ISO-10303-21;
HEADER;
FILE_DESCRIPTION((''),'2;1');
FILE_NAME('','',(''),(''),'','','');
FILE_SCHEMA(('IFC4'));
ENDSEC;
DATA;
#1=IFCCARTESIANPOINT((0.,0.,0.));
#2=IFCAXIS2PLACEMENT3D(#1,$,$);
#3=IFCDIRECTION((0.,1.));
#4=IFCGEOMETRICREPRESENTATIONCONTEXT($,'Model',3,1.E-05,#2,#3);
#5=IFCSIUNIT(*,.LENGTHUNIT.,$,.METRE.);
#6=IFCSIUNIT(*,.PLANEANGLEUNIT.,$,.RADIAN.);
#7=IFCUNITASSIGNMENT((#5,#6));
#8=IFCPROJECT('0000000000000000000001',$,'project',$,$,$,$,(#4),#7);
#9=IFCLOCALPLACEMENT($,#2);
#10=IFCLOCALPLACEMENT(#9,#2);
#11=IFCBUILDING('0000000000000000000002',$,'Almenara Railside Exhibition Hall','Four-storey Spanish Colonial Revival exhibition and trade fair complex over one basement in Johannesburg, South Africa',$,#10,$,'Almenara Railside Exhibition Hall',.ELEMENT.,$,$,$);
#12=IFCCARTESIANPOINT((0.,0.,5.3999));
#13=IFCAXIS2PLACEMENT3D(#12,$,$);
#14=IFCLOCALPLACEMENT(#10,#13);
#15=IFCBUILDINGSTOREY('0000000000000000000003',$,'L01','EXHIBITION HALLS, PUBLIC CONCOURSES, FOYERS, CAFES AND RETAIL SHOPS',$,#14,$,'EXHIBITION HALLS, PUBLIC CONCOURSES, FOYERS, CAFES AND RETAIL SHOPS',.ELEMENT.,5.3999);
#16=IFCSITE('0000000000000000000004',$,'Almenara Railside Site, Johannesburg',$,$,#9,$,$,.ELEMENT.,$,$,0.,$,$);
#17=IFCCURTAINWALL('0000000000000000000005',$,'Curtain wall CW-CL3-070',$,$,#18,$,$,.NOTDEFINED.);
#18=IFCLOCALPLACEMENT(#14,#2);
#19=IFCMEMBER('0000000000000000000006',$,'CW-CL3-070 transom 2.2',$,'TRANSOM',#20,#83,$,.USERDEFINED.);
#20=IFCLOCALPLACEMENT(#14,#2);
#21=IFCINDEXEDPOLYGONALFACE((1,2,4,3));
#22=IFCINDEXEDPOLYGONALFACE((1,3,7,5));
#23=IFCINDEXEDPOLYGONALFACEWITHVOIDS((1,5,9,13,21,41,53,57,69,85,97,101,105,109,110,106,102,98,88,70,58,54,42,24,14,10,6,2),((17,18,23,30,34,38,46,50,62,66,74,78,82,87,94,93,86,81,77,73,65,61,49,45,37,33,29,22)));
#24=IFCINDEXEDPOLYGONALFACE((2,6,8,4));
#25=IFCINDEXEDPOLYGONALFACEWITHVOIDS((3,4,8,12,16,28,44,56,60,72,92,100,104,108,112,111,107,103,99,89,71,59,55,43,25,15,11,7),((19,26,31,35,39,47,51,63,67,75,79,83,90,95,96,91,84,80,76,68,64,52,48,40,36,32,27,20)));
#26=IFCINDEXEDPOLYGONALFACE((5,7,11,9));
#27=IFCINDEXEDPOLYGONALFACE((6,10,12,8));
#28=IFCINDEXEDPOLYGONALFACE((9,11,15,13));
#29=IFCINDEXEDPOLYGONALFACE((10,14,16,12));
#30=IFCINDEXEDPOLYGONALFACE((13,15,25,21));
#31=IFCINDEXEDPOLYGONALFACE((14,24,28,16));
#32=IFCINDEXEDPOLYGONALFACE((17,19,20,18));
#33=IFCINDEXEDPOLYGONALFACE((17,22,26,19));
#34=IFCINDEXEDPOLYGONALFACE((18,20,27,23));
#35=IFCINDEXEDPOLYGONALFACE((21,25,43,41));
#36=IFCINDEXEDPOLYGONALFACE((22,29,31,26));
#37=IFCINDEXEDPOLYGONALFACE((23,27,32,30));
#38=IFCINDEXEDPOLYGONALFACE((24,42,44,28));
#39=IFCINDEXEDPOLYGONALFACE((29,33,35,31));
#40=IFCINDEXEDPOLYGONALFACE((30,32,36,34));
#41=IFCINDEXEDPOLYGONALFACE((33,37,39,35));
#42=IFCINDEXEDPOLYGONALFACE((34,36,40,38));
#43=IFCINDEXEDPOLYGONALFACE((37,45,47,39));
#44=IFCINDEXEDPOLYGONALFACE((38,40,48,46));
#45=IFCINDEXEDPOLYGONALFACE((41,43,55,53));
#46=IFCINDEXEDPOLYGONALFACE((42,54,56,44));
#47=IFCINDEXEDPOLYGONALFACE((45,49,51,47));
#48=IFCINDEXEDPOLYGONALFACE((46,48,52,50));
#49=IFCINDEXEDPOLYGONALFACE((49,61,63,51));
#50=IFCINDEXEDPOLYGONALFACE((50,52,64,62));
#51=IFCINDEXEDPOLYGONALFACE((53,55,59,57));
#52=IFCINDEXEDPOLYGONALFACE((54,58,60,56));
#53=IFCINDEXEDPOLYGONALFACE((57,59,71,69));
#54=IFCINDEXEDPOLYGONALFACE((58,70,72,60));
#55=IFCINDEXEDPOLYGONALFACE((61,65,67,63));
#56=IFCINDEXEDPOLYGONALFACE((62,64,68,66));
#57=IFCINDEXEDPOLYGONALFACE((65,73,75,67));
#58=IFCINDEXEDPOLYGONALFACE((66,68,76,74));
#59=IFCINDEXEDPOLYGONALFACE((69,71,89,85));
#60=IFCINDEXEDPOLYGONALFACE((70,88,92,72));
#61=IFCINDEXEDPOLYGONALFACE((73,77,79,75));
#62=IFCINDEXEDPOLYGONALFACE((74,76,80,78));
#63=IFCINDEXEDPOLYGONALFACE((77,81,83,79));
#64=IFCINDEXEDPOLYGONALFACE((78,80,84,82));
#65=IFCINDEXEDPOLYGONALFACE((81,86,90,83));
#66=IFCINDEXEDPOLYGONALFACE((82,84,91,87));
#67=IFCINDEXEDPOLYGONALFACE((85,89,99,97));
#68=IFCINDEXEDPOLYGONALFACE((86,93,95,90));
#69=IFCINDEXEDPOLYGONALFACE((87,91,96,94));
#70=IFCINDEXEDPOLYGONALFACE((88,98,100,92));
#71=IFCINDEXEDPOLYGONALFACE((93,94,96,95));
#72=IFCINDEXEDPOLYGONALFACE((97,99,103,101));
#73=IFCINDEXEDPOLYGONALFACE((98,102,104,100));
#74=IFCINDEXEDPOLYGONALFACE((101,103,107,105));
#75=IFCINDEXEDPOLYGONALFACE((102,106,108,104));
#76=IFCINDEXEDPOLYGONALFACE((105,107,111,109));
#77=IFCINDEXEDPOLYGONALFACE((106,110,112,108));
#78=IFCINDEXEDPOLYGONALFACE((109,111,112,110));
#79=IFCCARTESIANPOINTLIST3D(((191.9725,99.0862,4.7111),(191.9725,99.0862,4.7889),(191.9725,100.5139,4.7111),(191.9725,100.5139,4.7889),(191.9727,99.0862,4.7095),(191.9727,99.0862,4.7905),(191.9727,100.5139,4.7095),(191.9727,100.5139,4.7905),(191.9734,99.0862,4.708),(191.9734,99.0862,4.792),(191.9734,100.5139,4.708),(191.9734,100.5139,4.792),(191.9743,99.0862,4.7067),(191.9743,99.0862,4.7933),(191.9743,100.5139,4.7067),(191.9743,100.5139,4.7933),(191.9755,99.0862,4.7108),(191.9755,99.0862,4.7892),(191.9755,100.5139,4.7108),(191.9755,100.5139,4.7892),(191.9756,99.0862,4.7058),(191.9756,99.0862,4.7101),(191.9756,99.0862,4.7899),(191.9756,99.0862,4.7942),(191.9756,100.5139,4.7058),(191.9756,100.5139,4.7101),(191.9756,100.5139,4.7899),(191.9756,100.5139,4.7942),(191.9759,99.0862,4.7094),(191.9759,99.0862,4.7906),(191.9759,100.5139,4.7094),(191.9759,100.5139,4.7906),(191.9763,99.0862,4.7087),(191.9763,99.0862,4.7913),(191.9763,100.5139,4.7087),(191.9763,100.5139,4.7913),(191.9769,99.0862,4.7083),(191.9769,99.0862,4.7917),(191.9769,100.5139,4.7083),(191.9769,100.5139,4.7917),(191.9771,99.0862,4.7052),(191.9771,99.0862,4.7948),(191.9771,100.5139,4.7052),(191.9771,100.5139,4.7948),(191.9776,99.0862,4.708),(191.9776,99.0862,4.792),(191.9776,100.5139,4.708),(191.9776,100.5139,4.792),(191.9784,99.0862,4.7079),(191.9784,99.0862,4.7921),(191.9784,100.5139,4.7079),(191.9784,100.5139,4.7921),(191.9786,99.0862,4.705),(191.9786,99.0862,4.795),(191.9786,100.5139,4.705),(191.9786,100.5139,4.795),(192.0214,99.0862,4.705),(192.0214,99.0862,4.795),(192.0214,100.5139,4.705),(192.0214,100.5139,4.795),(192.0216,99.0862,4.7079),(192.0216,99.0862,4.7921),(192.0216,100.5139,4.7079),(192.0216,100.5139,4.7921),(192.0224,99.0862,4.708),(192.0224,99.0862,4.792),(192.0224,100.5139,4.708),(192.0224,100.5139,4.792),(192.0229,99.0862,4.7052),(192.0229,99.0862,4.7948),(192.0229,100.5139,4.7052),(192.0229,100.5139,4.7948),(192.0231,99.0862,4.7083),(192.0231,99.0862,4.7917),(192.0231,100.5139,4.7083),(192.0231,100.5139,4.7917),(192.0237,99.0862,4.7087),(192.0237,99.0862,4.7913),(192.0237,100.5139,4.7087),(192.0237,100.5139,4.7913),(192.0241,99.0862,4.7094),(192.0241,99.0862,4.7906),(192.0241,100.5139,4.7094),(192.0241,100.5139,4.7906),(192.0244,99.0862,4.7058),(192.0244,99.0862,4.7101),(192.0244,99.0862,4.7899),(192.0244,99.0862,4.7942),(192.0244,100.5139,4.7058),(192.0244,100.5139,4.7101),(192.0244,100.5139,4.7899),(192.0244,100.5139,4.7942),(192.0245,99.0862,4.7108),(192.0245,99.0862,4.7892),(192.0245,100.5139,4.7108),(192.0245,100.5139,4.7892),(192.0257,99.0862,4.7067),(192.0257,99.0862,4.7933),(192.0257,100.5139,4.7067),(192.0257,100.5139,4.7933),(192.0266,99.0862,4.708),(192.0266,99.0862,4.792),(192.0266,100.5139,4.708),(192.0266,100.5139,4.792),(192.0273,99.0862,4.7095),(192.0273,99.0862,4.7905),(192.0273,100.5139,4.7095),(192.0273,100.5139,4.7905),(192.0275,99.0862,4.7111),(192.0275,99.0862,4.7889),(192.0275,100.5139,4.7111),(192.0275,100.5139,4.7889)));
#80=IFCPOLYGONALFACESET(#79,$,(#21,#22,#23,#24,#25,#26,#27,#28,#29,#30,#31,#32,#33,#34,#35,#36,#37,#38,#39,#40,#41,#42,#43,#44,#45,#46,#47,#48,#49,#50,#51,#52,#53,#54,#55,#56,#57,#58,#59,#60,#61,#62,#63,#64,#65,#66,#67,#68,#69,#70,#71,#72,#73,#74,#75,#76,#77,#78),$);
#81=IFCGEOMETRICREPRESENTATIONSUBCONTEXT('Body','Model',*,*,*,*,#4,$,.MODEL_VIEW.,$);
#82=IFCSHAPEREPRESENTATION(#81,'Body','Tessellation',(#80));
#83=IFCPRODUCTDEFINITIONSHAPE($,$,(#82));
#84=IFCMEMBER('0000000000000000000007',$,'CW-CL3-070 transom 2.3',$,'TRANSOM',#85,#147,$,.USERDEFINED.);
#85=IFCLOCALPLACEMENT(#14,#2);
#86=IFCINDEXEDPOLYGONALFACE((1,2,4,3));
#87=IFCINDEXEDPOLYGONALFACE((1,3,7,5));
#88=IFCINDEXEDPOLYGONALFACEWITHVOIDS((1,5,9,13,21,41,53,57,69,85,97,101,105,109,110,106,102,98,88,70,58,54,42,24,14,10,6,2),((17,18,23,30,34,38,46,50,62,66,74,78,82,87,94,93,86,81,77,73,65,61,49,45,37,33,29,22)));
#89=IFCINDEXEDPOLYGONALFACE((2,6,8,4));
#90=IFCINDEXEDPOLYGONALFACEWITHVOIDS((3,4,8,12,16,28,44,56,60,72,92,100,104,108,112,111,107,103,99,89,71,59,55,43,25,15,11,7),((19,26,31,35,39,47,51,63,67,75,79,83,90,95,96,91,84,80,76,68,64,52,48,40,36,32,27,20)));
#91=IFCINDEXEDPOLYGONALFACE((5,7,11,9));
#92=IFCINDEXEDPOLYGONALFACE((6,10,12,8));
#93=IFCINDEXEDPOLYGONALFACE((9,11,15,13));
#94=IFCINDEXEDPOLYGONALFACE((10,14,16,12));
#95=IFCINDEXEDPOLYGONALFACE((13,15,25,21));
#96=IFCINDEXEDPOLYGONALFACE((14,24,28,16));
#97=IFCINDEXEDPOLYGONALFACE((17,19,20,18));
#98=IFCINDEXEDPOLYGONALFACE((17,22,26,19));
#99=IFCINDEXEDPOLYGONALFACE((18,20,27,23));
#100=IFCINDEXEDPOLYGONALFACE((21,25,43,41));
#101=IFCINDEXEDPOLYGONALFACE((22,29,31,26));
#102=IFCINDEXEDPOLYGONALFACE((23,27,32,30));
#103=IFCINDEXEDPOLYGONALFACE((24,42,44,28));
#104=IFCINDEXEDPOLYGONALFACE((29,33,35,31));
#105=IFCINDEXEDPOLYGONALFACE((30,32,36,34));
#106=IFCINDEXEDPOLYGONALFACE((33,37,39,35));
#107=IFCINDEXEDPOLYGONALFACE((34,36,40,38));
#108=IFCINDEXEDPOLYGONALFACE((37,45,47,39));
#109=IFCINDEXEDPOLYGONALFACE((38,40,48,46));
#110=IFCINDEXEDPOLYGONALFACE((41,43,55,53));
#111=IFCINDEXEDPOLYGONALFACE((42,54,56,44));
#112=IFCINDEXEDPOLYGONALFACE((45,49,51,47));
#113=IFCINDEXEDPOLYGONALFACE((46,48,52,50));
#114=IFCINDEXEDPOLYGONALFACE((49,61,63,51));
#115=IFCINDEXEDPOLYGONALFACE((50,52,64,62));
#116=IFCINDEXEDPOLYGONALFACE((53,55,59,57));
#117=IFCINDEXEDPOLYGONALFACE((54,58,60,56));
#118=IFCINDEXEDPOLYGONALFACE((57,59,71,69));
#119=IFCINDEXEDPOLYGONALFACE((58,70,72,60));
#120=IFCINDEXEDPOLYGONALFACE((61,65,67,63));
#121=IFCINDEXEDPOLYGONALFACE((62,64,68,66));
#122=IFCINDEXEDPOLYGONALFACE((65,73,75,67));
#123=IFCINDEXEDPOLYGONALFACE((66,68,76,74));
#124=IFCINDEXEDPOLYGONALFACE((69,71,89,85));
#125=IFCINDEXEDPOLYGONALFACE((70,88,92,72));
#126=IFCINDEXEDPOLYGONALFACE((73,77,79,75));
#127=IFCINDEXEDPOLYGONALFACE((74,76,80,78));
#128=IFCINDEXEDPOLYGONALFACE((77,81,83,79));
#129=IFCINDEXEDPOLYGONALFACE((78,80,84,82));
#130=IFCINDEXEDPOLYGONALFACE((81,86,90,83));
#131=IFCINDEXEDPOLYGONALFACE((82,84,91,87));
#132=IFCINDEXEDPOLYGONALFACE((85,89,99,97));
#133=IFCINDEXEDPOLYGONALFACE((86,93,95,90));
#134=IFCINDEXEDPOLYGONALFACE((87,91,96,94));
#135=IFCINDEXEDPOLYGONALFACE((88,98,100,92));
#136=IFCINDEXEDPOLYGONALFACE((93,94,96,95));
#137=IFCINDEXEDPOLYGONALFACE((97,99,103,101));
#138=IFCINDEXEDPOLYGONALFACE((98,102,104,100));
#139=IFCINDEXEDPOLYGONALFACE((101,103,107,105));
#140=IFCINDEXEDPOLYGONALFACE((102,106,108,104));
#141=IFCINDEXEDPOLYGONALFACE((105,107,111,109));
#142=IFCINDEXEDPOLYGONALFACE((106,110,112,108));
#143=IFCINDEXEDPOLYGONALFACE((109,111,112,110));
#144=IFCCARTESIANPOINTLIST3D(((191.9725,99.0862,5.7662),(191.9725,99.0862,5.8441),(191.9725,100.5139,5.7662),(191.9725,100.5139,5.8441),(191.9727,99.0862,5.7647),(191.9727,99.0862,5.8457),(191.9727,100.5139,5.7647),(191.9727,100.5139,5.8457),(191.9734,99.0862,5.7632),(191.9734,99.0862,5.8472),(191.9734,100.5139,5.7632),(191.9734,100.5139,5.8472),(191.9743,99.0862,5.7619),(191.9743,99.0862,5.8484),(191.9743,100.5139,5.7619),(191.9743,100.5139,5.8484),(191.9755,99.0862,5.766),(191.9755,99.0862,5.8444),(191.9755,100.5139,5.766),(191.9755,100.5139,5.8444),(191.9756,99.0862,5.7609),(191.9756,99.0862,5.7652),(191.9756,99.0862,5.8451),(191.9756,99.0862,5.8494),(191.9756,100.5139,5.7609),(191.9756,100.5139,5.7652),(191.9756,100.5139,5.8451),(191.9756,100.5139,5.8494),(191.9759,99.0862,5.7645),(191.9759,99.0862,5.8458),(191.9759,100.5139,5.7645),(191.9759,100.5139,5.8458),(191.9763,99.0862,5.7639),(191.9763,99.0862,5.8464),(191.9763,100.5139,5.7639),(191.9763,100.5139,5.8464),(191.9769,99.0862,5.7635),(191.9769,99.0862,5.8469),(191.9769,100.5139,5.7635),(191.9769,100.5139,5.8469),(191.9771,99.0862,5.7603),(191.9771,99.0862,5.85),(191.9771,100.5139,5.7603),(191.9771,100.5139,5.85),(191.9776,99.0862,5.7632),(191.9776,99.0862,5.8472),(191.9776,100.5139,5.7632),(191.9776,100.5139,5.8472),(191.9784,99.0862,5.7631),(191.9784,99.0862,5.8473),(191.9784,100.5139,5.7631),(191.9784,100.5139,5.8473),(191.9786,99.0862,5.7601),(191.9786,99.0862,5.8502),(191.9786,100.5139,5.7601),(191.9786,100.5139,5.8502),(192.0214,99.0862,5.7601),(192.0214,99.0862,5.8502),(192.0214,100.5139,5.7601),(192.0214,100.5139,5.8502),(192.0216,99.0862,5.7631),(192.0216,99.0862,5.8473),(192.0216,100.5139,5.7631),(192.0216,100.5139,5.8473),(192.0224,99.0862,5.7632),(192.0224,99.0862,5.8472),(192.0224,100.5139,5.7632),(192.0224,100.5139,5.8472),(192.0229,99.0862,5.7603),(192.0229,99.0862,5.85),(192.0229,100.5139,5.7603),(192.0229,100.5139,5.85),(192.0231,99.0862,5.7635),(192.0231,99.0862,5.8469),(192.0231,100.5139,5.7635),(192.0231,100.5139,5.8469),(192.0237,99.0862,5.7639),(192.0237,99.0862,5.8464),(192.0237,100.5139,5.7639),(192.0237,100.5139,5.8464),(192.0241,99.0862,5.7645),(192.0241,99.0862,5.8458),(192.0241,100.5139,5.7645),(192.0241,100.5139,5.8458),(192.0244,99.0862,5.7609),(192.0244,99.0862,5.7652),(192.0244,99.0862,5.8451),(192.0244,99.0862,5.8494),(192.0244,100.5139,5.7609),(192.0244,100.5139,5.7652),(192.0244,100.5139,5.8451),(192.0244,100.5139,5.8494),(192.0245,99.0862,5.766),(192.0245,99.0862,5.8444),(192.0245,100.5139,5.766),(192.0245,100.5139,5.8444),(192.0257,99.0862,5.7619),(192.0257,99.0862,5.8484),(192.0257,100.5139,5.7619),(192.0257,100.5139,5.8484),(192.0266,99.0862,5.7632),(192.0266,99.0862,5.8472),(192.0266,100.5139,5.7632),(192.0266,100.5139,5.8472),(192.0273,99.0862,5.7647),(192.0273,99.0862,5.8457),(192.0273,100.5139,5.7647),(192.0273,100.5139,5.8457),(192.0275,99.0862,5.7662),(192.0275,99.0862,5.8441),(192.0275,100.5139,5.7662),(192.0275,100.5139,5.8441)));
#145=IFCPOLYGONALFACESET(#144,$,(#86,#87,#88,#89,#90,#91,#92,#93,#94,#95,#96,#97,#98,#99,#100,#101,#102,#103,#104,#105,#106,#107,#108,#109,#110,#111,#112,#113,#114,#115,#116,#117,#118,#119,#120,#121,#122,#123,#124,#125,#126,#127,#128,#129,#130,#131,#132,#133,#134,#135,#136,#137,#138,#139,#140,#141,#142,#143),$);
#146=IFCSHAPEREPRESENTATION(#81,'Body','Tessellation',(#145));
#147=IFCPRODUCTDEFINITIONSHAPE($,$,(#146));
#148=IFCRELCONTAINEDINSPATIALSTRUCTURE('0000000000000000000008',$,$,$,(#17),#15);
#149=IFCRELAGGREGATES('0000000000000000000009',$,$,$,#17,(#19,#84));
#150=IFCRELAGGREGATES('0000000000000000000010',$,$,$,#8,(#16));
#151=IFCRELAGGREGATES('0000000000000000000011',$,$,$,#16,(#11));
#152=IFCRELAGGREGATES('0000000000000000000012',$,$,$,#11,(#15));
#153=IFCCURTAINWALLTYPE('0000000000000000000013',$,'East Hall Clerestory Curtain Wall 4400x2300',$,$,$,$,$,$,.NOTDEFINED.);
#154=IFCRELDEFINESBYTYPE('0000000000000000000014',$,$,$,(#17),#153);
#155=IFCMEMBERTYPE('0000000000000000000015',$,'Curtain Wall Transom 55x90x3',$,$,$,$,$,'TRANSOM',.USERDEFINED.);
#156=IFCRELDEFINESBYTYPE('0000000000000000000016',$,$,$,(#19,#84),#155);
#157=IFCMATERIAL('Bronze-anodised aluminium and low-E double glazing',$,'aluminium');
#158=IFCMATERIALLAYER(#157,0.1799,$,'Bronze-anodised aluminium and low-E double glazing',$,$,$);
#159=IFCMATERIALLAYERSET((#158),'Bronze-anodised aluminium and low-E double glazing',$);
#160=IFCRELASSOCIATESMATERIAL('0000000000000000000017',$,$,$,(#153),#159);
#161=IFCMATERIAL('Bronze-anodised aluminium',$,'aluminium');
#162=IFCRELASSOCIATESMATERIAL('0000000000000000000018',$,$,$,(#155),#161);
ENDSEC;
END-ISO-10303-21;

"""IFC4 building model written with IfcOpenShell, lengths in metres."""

from ifc_helpers import new_model, si_unit, direction, frame, origin, origin_2d, place, context, subcontext, project, spatial, hollow_rectangle, extrude, material, layer, layer_set, material_profile, profile_set, type_object, element, aggregate, save


model = new_model("IFC4")

# Units and contexts
model_context = context("Model", 3, precision=1e-05, world=origin(), true_north=direction((0.0, 1.0)))
body_context = subcontext(model_context, "Body", "Model", "MODEL_VIEW")
ifc_project = project(units=[si_unit("LENGTHUNIT", "METRE"), si_unit("PLANEANGLEUNIT", "RADIAN")], contexts=[model_context])

# Site, building, storey
site_placement = place(None, origin())
site = spatial("IfcSite", under=ifc_project, at=site_placement, Name="Almenara Railside Site, Johannesburg", CompositionType="ELEMENT", RefElevation=0.0)
building_placement = place(site_placement, origin())
building = spatial("IfcBuilding", under=site, at=building_placement, Name="Almenara Railside Exhibition Hall", Description="Four-storey Spanish Colonial Revival exhibition and trade fair complex over one basement in Johannesburg, South Africa", LongName="Almenara Railside Exhibition Hall", CompositionType="ELEMENT")
storey_placement = place(building_placement, frame((0.0, 0.0, 5.3999)))
storey = spatial("IfcBuildingStorey", under=building, at=storey_placement, Name="L01", Description="EXHIBITION HALLS, PUBLIC CONCOURSES, FOYERS, CAFES AND RETAIL SHOPS", LongName="EXHIBITION HALLS, PUBLIC CONCOURSES, FOYERS, CAFES AND RETAIL SHOPS", CompositionType="ELEMENT", Elevation=5.3999)

# Curtain wall
ifc_material_1 = material(Name="Bronze-anodised aluminium and low-E double glazing", Category="aluminium")
ifc_layer_1 = layer(ifc_material_1, 0.1799, Name="Bronze-anodised aluminium and low-E double glazing")
ifc_layer_set_1 = layer_set([ifc_layer_1], Name="Bronze-anodised aluminium and low-E double glazing")
curtain_wall_type = type_object("IfcCurtainWallType", Name="East Hall Clerestory Curtain Wall 4400x2300", PredefinedType="NOTDEFINED", material=ifc_layer_set_1)
curtain_wall_1_placement = place(storey_placement, origin())
curtain_wall_1 = element("IfcCurtainWall", 1, at=curtain_wall_1_placement, inside=storey, type_object=curtain_wall_type, Name="Curtain wall CW-CL3-070", PredefinedType="NOTDEFINED")
ifc_material_2 = material(Name="Bronze-anodised aluminium", Category="aluminium")

# Members
ifc_material_profile_1 = material_profile(ifc_material_2, hollow_rectangle(XDim=0.0549, YDim=0.0901, WallThickness=0.0029, InnerFilletRadius=0.0029, OuterFilletRadius=0.0061, at=origin_2d()), Name="ALU-TRN 55x90x3")
ifc_profile_set_1 = profile_set([ifc_material_profile_1], Name="Bronze-anodised aluminium")
member_type_1 = type_object("IfcMemberType", Name="Curtain Wall Transom 55x90x3", ElementType="TRANSOM", PredefinedType="USERDEFINED", material=ifc_profile_set_1)
member_1_placement = place(storey_placement, frame((192.0, 99.0862, 4.75), z_axis=(0.0, 1.0, 0.0), x_axis=(-1.0, 0.0, 0.0)))
member_1 = element("IfcMember", 2, at=member_1_placement, type_object=member_type_1, Name="CW-CL3-070 transom 2.2", ObjectType="TRANSOM", PredefinedType="USERDEFINED", context=body_context, shape_type="SweptSolid", body=[
    extrude(hollow_rectangle(XDim=0.0549, YDim=0.0901, WallThickness=0.0029, InnerFilletRadius=0.0029, OuterFilletRadius=0.0061, at=origin_2d()), origin(), (0.0, 0.0, 1.0), 1.4277),
])
member_2_placement = place(storey_placement, frame((192.0, 99.0862, 5.8052), z_axis=(0.0, 1.0, 0.0), x_axis=(-1.0, 0.0, 0.0)))
member_2 = element("IfcMember", 3, at=member_2_placement, type_object=member_type_1, Name="CW-CL3-070 transom 2.3", ObjectType="TRANSOM", PredefinedType="USERDEFINED", context=body_context, shape_type="SweptSolid", body=[
    extrude(hollow_rectangle(XDim=0.0549, YDim=0.0901, WallThickness=0.0029, InnerFilletRadius=0.0029, OuterFilletRadius=0.0061, at=origin_2d()), origin(), (0.0, 0.0, 1.0), 1.4277),
])

aggregate(curtain_wall_1, [member_1, member_2])

save(model, "model.ifc")
